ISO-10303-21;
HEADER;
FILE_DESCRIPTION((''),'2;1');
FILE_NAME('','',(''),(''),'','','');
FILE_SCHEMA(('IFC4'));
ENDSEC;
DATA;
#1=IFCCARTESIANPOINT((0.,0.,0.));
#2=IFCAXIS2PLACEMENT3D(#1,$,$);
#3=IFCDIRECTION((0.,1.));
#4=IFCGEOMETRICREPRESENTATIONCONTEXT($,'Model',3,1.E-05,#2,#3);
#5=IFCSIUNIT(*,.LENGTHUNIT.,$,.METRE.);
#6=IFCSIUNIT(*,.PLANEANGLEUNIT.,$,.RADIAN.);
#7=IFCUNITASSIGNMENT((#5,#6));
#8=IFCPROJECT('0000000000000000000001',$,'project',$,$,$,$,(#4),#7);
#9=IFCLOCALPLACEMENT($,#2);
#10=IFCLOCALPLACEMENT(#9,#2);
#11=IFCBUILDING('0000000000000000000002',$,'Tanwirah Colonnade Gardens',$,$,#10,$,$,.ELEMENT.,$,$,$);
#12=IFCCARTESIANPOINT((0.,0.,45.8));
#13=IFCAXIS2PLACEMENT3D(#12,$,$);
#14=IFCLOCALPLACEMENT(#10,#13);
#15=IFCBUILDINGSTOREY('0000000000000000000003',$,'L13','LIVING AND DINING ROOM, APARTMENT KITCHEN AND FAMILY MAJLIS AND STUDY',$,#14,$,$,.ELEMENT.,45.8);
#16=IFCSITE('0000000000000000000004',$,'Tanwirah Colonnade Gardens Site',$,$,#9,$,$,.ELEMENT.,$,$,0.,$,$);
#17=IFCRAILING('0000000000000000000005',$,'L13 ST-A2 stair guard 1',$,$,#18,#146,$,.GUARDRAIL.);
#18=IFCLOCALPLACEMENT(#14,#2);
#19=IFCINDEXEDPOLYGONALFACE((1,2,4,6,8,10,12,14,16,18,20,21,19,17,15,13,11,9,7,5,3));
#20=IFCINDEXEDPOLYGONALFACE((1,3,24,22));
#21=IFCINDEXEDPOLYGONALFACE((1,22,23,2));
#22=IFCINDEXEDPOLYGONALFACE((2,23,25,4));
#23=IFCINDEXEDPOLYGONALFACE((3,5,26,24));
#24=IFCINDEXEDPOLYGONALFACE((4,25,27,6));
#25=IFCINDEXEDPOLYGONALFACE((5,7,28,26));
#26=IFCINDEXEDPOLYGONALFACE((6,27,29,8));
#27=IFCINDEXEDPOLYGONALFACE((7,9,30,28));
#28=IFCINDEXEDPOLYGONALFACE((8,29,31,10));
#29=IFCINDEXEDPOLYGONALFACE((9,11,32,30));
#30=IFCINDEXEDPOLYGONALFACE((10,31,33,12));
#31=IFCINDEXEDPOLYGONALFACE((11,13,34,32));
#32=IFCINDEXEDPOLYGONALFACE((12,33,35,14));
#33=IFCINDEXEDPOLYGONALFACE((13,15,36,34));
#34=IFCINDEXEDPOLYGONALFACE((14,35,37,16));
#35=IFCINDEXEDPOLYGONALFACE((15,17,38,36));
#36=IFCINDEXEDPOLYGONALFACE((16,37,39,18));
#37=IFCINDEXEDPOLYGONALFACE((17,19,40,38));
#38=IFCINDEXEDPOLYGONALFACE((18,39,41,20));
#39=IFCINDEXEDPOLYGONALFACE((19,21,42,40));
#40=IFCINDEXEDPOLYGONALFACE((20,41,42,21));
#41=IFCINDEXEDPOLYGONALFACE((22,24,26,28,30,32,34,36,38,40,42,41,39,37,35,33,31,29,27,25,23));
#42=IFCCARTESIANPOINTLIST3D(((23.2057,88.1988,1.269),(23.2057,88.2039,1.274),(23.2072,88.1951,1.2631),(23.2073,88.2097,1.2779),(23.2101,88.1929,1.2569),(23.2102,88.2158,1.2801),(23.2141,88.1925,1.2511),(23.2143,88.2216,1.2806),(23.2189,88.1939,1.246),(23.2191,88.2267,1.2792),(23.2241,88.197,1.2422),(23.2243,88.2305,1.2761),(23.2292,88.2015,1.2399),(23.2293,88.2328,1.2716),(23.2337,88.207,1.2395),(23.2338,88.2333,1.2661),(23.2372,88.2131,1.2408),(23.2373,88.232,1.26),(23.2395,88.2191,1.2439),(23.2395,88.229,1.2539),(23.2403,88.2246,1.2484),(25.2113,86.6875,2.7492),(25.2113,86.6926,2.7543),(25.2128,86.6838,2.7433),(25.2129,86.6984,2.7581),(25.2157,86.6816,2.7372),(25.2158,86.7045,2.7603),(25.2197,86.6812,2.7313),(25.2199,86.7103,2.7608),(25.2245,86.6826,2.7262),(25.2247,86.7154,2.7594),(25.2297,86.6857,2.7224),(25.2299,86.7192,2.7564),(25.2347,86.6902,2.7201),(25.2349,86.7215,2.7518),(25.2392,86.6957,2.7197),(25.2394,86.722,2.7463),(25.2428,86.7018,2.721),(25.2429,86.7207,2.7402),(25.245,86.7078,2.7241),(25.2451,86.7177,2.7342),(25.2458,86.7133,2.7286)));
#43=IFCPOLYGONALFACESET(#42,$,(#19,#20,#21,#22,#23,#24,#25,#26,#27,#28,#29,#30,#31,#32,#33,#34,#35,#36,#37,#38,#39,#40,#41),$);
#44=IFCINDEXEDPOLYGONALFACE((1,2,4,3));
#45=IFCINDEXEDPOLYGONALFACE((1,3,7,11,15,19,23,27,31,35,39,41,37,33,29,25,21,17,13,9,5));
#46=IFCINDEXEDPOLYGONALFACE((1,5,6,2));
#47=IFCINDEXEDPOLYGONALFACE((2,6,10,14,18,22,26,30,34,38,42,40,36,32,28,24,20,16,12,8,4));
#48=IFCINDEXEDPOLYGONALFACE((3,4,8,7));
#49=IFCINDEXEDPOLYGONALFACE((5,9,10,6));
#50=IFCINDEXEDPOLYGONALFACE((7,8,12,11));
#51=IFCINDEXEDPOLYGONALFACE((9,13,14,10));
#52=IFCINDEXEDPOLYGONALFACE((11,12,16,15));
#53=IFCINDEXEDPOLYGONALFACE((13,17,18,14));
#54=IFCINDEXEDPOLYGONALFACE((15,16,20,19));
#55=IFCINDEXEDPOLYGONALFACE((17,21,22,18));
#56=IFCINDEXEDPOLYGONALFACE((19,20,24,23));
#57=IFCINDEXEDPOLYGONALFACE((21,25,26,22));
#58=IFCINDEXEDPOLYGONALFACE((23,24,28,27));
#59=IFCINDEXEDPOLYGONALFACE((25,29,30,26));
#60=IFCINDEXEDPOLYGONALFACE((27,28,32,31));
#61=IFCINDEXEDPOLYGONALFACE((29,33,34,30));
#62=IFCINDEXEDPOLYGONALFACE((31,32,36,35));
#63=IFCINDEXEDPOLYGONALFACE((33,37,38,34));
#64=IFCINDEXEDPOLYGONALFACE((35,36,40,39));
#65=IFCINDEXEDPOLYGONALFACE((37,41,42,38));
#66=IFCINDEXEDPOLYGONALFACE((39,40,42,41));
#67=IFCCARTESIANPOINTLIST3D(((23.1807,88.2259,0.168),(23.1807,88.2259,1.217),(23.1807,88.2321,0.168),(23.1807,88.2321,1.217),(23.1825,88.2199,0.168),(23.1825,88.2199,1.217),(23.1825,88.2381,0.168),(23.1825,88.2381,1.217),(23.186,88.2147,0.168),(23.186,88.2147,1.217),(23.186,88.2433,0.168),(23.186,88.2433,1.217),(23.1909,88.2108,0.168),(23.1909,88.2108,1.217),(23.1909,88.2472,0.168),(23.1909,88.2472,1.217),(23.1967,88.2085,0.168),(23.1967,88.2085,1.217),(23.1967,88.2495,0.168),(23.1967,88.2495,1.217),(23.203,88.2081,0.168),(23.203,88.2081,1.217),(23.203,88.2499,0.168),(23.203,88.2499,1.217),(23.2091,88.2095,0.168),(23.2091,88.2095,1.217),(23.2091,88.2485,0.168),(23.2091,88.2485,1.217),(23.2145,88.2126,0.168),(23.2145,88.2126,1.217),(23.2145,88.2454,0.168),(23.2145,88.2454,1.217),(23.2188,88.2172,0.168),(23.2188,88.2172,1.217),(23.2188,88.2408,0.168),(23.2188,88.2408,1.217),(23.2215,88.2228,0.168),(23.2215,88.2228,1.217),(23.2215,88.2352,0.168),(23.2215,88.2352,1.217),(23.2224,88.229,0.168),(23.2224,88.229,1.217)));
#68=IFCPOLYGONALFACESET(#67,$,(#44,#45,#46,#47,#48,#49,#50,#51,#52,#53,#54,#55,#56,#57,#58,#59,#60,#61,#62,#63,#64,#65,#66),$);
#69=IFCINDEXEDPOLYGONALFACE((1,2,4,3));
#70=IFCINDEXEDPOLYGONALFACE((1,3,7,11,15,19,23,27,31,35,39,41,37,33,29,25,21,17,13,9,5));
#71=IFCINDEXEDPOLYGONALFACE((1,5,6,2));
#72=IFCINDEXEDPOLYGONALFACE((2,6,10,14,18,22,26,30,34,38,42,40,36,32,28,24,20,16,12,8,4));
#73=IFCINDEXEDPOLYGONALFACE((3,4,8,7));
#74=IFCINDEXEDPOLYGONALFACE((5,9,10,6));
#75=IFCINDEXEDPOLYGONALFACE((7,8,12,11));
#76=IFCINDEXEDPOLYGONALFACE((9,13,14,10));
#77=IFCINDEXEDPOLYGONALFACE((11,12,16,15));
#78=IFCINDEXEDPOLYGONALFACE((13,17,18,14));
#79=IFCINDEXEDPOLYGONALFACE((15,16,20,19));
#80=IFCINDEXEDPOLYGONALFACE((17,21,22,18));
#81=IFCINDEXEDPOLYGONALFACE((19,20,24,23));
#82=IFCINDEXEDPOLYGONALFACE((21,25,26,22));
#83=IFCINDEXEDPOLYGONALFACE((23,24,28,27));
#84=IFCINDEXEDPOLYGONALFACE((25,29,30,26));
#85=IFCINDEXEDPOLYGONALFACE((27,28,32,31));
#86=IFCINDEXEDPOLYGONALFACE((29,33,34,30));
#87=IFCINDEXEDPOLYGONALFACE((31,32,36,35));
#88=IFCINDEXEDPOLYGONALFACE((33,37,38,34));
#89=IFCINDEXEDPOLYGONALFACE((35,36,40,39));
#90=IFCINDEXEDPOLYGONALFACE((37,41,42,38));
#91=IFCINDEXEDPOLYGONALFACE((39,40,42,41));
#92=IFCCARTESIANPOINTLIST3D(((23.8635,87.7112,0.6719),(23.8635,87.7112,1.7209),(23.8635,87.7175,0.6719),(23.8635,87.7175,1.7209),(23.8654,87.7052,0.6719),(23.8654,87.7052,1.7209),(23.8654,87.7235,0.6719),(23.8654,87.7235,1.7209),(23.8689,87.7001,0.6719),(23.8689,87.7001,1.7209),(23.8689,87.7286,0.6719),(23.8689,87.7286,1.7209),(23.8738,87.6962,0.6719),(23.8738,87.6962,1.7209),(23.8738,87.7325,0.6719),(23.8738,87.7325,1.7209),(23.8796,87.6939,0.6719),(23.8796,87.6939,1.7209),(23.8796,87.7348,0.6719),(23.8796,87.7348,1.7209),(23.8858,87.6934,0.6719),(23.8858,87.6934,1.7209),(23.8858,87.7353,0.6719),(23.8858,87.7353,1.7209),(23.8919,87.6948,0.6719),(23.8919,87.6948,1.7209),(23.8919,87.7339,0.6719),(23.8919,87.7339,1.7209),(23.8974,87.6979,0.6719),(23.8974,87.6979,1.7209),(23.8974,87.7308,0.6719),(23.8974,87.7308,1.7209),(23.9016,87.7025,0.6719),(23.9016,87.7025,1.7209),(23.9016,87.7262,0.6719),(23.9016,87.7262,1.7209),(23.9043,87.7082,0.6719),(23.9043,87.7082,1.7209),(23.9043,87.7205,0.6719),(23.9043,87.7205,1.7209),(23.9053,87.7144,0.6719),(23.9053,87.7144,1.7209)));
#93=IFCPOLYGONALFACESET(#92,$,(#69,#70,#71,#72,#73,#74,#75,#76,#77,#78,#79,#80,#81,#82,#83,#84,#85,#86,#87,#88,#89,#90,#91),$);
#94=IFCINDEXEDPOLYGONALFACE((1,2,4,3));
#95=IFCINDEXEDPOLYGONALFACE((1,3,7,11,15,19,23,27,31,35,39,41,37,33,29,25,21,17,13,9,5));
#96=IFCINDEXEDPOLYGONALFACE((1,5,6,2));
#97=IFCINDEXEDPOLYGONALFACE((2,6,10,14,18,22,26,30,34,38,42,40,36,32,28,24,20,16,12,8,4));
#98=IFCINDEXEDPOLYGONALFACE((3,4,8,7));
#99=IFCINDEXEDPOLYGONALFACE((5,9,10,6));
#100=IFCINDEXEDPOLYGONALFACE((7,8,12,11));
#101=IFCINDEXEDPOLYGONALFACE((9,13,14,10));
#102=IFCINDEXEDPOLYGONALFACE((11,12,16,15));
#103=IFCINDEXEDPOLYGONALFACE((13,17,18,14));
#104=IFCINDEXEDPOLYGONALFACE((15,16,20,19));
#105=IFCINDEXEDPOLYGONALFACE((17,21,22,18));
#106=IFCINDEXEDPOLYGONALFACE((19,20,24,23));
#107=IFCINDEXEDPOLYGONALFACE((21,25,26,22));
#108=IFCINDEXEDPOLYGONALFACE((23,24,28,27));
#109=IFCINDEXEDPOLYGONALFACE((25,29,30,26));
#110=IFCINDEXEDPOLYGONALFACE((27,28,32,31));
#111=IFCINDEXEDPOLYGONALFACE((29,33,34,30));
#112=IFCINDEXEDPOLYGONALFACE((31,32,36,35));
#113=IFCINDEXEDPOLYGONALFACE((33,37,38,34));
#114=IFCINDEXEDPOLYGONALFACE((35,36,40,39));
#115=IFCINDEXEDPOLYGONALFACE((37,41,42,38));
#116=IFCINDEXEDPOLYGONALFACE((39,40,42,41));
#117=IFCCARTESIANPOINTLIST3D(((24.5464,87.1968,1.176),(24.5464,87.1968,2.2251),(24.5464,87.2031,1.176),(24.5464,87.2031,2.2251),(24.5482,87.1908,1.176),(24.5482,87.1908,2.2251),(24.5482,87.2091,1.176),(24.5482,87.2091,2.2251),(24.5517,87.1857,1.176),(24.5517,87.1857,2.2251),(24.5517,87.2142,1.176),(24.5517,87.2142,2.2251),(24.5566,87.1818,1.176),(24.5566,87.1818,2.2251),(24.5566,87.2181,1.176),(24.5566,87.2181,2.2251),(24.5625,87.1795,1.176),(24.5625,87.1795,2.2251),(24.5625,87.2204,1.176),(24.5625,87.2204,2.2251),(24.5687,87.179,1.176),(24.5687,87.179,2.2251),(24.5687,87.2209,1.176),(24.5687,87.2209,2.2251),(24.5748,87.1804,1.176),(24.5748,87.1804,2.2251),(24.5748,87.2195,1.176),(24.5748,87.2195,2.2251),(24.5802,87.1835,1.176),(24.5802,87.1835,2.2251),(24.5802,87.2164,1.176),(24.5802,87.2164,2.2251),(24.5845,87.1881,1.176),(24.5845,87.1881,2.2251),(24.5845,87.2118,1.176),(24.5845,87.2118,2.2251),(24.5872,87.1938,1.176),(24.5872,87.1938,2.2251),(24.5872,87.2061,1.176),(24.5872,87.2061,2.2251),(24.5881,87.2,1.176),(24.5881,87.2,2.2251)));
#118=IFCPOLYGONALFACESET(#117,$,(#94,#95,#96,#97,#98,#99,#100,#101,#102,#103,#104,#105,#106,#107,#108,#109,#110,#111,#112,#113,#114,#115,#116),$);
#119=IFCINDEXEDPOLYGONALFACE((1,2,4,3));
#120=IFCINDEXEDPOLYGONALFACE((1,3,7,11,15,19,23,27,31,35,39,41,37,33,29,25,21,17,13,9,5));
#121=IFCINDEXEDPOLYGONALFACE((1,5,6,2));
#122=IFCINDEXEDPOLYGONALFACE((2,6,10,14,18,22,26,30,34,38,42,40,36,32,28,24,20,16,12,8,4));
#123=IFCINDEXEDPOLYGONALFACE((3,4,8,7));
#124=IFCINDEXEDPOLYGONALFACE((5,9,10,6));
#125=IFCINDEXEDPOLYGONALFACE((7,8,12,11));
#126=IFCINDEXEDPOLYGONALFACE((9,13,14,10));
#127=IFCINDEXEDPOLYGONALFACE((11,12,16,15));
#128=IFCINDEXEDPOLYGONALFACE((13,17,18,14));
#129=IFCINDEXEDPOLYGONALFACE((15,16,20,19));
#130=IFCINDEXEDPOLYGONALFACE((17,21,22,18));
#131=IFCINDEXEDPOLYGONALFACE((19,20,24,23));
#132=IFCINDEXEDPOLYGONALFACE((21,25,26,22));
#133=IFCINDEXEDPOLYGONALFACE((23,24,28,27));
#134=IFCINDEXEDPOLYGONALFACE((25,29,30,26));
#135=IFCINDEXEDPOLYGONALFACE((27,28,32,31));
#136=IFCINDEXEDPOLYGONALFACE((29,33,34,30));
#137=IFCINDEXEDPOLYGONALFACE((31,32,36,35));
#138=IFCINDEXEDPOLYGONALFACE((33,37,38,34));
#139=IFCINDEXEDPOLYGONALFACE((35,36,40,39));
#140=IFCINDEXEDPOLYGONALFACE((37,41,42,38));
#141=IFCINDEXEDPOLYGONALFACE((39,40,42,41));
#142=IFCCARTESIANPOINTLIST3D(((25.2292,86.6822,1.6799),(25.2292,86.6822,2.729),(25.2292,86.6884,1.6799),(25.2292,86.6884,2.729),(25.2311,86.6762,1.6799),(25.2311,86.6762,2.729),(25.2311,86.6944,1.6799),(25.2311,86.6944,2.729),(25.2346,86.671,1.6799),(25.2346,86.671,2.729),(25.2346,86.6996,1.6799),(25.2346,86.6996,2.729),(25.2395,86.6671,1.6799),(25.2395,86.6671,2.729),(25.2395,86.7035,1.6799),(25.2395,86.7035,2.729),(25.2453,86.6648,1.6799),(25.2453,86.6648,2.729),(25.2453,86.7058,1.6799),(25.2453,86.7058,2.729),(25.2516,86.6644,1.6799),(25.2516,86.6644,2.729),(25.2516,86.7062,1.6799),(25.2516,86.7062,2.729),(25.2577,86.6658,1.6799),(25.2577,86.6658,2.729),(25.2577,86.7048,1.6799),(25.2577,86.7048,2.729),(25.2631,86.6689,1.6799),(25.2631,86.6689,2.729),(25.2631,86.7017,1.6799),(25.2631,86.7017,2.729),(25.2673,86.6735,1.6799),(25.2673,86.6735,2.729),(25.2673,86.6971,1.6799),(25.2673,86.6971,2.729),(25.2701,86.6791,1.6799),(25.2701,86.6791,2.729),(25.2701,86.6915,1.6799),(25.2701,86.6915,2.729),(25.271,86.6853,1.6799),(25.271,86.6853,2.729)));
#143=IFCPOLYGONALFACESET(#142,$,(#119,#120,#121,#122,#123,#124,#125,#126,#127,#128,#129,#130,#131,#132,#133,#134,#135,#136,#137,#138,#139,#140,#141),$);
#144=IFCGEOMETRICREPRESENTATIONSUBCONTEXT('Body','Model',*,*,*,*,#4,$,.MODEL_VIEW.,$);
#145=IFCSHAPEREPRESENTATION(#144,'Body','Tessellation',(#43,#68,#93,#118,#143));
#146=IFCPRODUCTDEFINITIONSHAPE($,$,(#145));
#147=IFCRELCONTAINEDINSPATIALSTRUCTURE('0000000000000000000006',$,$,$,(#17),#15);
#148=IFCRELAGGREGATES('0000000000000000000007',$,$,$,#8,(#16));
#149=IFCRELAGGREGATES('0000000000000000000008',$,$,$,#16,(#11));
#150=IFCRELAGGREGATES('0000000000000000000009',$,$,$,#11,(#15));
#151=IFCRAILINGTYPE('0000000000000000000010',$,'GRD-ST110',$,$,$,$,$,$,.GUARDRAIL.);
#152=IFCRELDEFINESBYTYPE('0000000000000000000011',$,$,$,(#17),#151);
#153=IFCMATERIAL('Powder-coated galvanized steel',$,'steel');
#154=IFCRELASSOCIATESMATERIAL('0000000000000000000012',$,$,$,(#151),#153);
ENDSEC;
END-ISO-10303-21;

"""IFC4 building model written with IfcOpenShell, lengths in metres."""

from ifc_helpers import new_model, si_unit, direction, frame, origin, origin_2d, place, context, subcontext, project, spatial, circle, extrude, material, type_object, element, save


model = new_model("IFC4")

# Units and contexts
model_context = context("Model", 3, precision=1e-05, world=origin(), true_north=direction((0.0, 1.0)))
body_context = subcontext(model_context, "Body", "Model", "MODEL_VIEW")
ifc_project = project(units=[si_unit("LENGTHUNIT", "METRE"), si_unit("PLANEANGLEUNIT", "RADIAN")], contexts=[model_context])

# Site, building, storey
site_placement = place(None, origin())
site = spatial("IfcSite", under=ifc_project, at=site_placement, Name="Tanwirah Colonnade Gardens Site", CompositionType="ELEMENT", RefElevation=0.0)
building_placement = place(site_placement, origin())
building = spatial("IfcBuilding", under=site, at=building_placement, Name="Tanwirah Colonnade Gardens", CompositionType="ELEMENT")
storey_placement = place(building_placement, frame((0.0, 0.0, 45.8)))
storey = spatial("IfcBuildingStorey", under=building, at=storey_placement, Name="L13", Description="LIVING AND DINING ROOM, APARTMENT KITCHEN AND FAMILY MAJLIS AND STUDY", CompositionType="ELEMENT", Elevation=45.8)

# Railing
ifc_material_1 = material(Name="Powder-coated galvanized steel", Category="steel")
railing_type_1 = type_object("IfcRailingType", Name="GRD-ST110", PredefinedType="GUARDRAIL", material=ifc_material_1)
railing_1_placement = place(storey_placement, frame((23.2014, 88.229, 0.168)))
element("IfcRailing", 1, at=railing_1_placement, inside=storey, type_object=railing_type_1, Name="L13 ST-A2 stair guard 1", PredefinedType="GUARDRAIL", context=body_context, shape_type="SweptSolid", body=[
    extrude(circle(Radius=0.0239, at=origin_2d()), frame((0.0215, -0.0161, 1.092), z_axis=(0.688012, -0.518449, 0.507789), x_axis=(0.601811, 0.798639, 0.0)), (0.0, 0.0, 1.0), 2.915),
    extrude(circle(Radius=0.021, at=origin_2d()), origin(), (0.0, 0.0, 1.0), 1.0491),
    extrude(circle(Radius=0.021, at=origin_2d()), frame((0.6829, -0.5146, 0.5039)), (0.0, 0.0, 1.0), 1.0491),
    extrude(circle(Radius=0.021, at=origin_2d()), frame((1.3657, -1.0291, 1.0081)), (0.0, 0.0, 1.0), 1.0491),
    extrude(circle(Radius=0.021, at=origin_2d()), frame((2.0486, -1.5437, 1.512)), (0.0, 0.0, 1.0), 1.0491),
])

save(model, "model.ifc")
